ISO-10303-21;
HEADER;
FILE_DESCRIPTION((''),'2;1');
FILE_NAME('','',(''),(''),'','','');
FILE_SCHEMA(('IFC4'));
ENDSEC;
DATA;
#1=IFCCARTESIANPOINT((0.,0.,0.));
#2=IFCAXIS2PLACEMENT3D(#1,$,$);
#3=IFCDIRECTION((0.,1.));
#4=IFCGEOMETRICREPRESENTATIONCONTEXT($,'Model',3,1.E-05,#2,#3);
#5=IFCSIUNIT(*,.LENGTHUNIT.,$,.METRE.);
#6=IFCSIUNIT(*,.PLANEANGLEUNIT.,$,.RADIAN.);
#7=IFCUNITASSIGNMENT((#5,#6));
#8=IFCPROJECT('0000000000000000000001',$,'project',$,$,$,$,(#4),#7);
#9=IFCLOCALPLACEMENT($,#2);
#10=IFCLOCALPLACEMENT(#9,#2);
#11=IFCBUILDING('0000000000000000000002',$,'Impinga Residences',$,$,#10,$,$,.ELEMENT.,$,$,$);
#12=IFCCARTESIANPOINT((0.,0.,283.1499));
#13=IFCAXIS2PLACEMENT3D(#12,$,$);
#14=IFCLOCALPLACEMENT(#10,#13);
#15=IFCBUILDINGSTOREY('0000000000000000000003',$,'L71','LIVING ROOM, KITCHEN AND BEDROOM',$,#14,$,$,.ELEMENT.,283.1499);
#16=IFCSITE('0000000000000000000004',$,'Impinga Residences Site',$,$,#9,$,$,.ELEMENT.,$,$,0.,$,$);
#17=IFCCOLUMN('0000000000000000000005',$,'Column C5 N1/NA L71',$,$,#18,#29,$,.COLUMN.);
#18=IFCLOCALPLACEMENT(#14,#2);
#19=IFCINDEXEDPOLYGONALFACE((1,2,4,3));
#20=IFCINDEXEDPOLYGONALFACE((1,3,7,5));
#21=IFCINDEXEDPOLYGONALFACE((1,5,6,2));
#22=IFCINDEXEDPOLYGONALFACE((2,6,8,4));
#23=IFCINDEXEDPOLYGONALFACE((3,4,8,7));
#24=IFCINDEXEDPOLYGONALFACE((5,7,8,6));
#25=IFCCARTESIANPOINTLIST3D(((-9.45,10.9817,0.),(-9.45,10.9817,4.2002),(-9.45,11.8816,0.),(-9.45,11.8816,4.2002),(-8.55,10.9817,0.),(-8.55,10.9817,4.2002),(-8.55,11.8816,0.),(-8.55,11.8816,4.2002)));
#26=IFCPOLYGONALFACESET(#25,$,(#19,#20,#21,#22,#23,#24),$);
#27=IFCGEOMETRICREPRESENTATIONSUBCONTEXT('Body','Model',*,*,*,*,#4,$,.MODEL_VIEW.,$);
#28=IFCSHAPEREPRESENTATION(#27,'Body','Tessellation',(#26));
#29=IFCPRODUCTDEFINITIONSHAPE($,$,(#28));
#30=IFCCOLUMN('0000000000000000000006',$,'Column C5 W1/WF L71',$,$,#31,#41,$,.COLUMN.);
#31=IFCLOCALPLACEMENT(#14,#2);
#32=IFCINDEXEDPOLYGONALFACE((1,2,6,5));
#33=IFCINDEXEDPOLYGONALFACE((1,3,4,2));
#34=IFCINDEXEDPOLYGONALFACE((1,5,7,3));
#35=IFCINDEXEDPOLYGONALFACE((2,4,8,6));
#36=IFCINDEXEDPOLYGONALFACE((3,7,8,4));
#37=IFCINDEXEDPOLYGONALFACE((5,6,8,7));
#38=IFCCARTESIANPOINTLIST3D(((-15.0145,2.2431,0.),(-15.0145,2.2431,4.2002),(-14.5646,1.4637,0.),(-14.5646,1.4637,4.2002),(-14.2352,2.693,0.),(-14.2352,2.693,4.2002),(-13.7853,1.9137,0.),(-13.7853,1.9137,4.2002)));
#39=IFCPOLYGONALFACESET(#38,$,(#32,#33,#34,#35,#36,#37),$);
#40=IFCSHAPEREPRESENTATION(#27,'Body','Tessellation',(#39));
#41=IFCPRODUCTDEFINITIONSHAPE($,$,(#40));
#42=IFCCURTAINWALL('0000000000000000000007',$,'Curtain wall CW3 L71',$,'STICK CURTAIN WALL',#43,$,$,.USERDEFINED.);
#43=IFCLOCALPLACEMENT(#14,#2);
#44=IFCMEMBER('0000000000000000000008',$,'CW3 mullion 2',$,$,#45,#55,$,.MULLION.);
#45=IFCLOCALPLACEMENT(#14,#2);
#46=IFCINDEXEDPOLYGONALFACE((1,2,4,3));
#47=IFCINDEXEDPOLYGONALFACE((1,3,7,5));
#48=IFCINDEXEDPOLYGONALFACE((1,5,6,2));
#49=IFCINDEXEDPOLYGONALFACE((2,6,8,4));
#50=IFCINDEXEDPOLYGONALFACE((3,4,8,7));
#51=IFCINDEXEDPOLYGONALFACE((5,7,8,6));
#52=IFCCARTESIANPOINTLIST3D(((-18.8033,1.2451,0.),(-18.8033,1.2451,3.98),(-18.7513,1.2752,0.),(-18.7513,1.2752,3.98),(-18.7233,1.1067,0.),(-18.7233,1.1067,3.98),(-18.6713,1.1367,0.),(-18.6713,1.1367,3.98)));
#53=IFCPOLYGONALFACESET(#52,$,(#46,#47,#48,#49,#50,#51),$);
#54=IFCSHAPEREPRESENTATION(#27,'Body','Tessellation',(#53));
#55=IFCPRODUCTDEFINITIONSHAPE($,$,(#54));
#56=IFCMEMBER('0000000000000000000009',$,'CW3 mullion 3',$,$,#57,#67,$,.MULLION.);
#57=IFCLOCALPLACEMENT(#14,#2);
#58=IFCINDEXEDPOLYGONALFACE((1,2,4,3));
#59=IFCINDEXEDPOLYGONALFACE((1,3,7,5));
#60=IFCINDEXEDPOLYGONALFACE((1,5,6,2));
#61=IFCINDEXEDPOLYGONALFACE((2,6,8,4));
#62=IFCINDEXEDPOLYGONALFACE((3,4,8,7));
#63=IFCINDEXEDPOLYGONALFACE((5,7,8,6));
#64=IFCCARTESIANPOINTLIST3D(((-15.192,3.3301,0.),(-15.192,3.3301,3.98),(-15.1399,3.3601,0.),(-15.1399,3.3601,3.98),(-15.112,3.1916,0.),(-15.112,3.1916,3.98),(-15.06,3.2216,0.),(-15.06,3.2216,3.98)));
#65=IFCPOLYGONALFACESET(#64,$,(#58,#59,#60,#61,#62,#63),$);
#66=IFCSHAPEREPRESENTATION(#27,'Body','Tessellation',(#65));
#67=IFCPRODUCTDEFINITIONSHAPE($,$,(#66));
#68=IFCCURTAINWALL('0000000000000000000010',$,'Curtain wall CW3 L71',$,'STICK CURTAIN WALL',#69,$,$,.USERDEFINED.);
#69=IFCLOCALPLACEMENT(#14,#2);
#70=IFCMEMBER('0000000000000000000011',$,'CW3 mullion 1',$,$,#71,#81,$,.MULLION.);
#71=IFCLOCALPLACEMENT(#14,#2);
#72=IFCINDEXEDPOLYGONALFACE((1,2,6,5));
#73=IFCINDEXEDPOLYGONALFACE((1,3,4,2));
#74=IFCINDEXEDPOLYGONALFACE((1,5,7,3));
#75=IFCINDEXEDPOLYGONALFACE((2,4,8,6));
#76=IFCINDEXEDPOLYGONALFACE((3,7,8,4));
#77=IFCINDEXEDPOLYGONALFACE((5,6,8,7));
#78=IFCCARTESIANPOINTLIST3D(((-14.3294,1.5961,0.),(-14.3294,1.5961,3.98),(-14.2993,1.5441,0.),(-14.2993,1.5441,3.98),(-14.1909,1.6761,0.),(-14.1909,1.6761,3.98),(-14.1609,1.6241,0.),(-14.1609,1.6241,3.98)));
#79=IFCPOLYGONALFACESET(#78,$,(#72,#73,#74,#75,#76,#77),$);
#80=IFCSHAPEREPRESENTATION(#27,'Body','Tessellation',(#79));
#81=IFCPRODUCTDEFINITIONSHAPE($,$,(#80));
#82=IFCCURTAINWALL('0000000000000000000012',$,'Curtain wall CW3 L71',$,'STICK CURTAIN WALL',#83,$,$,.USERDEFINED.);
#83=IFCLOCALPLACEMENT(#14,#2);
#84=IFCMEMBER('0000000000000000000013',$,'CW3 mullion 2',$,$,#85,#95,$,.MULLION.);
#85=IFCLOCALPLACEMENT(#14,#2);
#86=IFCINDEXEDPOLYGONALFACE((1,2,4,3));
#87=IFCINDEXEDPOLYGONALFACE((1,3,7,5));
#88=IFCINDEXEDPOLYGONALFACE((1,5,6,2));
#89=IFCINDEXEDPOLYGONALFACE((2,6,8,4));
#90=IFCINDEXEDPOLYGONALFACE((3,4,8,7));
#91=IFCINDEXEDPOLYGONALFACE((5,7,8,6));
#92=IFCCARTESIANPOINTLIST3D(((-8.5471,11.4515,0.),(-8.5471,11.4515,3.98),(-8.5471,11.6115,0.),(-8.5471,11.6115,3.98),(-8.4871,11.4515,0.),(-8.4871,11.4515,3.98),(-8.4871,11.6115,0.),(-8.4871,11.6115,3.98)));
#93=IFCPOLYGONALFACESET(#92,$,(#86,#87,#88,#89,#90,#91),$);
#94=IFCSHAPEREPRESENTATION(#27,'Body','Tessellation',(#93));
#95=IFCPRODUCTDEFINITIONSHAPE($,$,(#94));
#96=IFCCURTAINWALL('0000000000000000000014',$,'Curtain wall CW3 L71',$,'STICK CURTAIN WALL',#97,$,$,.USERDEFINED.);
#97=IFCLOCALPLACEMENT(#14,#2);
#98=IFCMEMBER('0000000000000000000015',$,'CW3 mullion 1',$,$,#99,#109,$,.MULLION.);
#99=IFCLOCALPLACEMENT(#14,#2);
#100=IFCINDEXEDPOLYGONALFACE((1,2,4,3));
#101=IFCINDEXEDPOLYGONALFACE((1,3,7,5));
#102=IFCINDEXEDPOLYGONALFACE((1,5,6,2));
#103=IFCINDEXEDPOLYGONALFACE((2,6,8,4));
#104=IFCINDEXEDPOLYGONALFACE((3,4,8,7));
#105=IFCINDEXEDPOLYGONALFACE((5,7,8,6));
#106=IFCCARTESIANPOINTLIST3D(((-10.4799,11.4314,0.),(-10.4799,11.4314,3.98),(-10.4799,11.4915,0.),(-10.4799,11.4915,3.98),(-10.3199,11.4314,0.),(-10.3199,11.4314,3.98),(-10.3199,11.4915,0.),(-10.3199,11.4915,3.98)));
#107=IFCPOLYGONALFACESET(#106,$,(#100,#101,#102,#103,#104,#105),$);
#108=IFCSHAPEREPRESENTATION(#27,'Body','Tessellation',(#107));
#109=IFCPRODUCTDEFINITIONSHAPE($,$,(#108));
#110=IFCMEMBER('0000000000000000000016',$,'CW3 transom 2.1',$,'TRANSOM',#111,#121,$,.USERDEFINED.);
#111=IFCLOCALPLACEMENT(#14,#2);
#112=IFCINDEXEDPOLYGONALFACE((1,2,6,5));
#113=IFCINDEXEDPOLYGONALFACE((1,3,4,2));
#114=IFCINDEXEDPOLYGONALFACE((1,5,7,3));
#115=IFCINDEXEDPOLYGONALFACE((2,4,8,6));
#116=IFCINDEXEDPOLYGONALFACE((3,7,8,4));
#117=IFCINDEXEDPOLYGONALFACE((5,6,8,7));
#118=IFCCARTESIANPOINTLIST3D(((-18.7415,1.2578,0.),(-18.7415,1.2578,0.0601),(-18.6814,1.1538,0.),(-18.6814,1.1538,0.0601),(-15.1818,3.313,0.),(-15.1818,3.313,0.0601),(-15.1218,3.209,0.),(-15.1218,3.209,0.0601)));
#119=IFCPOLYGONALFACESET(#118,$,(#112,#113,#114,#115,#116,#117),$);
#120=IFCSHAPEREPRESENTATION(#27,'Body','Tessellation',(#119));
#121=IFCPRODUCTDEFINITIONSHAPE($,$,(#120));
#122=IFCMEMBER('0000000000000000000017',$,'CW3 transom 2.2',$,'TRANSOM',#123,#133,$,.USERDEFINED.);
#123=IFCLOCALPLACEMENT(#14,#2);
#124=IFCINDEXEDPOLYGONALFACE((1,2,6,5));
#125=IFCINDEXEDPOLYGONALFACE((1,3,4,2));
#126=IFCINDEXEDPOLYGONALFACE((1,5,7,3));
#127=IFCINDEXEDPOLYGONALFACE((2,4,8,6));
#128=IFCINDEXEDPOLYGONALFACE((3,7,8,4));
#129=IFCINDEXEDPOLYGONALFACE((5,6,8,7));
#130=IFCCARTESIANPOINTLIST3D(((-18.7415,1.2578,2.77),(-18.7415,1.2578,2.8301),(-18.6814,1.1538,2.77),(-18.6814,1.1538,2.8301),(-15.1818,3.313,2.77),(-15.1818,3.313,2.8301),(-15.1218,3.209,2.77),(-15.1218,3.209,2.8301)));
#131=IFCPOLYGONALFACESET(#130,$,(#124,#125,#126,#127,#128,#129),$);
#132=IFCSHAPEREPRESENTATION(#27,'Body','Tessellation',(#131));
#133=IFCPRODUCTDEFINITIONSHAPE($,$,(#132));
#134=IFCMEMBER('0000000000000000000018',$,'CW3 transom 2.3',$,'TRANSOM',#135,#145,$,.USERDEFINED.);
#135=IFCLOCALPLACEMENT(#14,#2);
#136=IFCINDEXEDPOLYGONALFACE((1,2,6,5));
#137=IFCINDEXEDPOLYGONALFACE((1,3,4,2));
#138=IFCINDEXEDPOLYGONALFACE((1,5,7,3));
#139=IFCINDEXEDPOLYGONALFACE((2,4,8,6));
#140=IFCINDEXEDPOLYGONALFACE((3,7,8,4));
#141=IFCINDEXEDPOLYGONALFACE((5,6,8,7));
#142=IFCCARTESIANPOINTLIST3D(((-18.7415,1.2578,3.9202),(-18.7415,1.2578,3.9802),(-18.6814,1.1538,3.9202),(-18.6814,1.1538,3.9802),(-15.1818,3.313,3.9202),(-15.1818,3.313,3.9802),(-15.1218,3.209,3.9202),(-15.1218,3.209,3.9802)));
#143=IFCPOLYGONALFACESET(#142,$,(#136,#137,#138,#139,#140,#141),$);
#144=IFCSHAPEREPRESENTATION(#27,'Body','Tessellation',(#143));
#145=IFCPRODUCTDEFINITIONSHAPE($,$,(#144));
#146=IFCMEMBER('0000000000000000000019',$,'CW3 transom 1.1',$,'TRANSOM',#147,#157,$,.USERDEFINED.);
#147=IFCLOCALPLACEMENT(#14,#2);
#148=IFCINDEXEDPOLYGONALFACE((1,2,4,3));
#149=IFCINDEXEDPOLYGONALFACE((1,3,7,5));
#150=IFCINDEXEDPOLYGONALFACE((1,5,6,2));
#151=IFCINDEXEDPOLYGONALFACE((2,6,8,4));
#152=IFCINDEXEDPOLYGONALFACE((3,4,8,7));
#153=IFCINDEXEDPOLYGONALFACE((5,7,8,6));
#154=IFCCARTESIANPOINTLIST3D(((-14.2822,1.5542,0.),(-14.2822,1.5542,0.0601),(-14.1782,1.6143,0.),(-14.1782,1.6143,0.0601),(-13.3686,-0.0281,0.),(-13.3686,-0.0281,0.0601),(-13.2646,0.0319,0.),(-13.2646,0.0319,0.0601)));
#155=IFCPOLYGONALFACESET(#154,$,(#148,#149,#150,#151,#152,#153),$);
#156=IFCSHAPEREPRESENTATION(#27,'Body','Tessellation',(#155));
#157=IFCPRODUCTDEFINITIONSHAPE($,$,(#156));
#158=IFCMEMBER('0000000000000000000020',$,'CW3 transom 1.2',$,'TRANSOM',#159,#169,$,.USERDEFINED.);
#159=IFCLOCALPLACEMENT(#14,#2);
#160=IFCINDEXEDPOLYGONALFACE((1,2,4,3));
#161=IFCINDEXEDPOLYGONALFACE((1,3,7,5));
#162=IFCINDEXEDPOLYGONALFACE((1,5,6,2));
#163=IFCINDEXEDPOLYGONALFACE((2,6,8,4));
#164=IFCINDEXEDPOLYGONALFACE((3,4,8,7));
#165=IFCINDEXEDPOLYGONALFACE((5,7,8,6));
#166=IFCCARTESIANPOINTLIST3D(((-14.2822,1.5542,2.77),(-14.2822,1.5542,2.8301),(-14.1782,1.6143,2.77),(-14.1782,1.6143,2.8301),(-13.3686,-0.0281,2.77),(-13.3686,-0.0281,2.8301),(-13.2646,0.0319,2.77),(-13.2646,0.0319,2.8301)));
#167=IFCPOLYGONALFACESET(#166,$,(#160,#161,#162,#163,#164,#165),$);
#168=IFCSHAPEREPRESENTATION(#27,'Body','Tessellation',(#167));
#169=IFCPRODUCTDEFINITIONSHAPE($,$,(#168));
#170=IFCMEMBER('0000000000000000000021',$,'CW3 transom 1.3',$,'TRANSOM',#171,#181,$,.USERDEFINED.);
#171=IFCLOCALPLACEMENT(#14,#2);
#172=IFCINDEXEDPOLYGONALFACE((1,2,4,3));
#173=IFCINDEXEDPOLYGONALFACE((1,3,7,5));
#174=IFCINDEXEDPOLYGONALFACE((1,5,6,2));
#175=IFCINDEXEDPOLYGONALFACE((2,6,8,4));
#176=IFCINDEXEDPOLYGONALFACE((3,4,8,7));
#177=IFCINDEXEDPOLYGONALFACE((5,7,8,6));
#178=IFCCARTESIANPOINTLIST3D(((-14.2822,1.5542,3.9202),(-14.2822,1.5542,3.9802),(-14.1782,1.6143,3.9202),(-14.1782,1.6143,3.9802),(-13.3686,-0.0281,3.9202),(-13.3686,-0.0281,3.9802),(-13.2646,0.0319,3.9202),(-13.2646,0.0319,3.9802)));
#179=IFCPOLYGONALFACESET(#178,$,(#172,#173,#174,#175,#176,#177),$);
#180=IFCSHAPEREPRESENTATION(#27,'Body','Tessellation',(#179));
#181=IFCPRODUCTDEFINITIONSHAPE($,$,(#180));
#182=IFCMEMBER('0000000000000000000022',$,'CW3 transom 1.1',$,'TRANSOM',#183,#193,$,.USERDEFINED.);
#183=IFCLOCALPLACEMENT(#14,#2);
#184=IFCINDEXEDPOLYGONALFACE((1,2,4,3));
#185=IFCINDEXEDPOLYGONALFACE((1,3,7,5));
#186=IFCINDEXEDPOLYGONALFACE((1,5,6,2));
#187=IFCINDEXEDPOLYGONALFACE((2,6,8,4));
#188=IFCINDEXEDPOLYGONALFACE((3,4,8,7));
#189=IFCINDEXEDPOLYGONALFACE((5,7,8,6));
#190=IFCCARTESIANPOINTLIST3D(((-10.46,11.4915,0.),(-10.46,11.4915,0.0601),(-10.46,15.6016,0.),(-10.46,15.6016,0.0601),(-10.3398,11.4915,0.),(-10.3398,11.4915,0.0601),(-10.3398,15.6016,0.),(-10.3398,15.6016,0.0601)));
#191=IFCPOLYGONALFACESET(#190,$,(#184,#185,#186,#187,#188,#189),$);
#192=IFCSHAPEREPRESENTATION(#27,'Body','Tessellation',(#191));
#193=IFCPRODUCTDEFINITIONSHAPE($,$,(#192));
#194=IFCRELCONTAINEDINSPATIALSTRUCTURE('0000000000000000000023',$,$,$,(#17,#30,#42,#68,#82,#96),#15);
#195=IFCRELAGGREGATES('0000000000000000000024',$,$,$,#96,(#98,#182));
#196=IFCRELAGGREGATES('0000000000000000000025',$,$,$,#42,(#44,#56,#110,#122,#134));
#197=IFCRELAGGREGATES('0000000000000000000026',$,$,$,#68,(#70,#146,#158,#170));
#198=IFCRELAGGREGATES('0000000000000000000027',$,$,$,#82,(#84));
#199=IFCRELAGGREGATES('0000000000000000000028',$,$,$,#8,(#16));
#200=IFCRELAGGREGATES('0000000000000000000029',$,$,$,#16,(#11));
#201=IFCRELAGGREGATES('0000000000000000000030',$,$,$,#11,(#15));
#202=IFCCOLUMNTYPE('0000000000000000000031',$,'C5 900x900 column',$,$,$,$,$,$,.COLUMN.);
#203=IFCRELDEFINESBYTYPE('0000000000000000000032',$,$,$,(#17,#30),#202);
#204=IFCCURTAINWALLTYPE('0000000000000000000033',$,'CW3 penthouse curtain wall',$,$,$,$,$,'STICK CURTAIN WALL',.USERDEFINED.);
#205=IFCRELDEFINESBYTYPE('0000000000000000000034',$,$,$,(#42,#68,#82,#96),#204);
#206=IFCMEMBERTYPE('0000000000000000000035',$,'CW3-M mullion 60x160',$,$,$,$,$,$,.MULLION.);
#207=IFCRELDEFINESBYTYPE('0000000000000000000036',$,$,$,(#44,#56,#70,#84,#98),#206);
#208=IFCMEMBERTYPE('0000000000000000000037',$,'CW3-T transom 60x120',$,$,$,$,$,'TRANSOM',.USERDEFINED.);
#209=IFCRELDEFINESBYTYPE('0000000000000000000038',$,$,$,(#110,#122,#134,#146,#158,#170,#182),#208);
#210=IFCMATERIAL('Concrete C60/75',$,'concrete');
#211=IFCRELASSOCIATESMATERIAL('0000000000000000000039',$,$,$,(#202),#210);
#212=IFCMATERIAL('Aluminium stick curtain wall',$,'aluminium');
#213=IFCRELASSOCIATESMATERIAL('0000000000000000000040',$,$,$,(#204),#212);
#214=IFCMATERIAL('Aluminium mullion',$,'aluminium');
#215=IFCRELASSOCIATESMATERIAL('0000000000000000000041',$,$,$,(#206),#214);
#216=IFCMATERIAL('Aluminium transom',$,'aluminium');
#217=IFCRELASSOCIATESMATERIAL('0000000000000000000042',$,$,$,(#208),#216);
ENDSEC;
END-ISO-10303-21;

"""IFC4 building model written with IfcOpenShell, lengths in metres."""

from ifc_helpers import new_model, si_unit, direction, frame, origin, origin_2d, place, context, subcontext, project, spatial, rectangle, extrude, material, material_profile, profile_set, type_object, element, aggregate, save


model = new_model("IFC4")

# Units and contexts
model_context = context("Model", 3, precision=1e-05, world=origin(), true_north=direction((0.0, 1.0)))
body_context = subcontext(model_context, "Body", "Model", "MODEL_VIEW")
ifc_project = project(units=[si_unit("LENGTHUNIT", "METRE"), si_unit("PLANEANGLEUNIT", "RADIAN")], contexts=[model_context])

# Site, building, storey
site_placement = place(None, origin())
site = spatial("IfcSite", under=ifc_project, at=site_placement, Name="Impinga Residences Site", CompositionType="ELEMENT", RefElevation=0.0)
building_placement = place(site_placement, origin())
building = spatial("IfcBuilding", under=site, at=building_placement, Name="Impinga Residences", CompositionType="ELEMENT")
storey_placement = place(building_placement, frame((0.0, 0.0, 283.1499)))
storey = spatial("IfcBuildingStorey", under=building, at=storey_placement, Name="L71", Description="LIVING ROOM, KITCHEN AND BEDROOM", CompositionType="ELEMENT", Elevation=283.1499)

# Columns
ifc_material_1 = material(Name="Concrete C60/75", Category="concrete")
ifc_material_profile_1 = material_profile(ifc_material_1, rectangle(XDim=0.8999, YDim=0.8999, at=origin_2d()), Name="RC 900x900")
ifc_profile_set_1 = profile_set([ifc_material_profile_1], Name="Concrete C60/75")
column_type = type_object("IfcColumnType", Name="C5 900x900 column", PredefinedType="COLUMN", material=ifc_profile_set_1)
for number, where, z_axis, x_axis, name in (
    (1, (-9.0, 11.4316, 0.0), (0.0, 0.0, 1.0), (1.0, 0.0, 0.0), "Column C5 N1/NA L71"),
    (2, (-14.3999, 2.0784, 0.0), (0.0, 0.0, 1.0), (-0.5, 0.866025, 0.0), "Column C5 W1/WF L71"),
):
    element("IfcColumn", number, at=place(storey_placement, frame(where, z_axis=z_axis, x_axis=x_axis)), inside=storey, type_object=column_type, Name=name, PredefinedType="COLUMN", context=body_context, shape_type="SweptSolid", body=[
        extrude(rectangle(XDim=0.8999, YDim=0.8999, at=origin_2d()), origin(), (0.0, 0.0, 1.0), 4.2002),
    ])

# Curtain wall, members
ifc_material_2 = material(Name="Aluminium stick curtain wall", Category="aluminium")
curtain_wall_type = type_object("IfcCurtainWallType", Name="CW3 penthouse curtain wall", ElementType="STICK CURTAIN WALL", PredefinedType="USERDEFINED", material=ifc_material_2)
curtain_wall_1_placement = place(storey_placement, origin())
curtain_wall_1 = element("IfcCurtainWall", 3, at=curtain_wall_1_placement, inside=storey, type_object=curtain_wall_type, Name="Curtain wall CW3 L71", ObjectType="STICK CURTAIN WALL", PredefinedType="USERDEFINED")
ifc_material_3 = material(Name="Aluminium mullion", Category="aluminium")
ifc_material_profile_2 = material_profile(ifc_material_3, rectangle(XDim=0.0601, YDim=0.1599, at=origin_2d()), Name="60x160 mullion")
ifc_profile_set_2 = profile_set([ifc_material_profile_2], Name="Aluminium mullion")
member_type_1 = type_object("IfcMemberType", Name="CW3-M mullion 60x160", PredefinedType="MULLION", material=ifc_profile_set_2)
member_1_placement = place(storey_placement, frame((-18.7373, 1.1909, 0.0), z_axis=(0.0, 0.0, 1.0), x_axis=(0.866025, 0.5, 0.0)))
member_1 = element("IfcMember", 4, at=member_1_placement, type_object=member_type_1, Name="CW3 mullion 2", PredefinedType="MULLION", context=body_context, shape_type="SweptSolid", body=[
    extrude(rectangle(XDim=0.0601, YDim=0.1599, at=origin_2d()), origin(), (0.0, 0.0, 1.0), 3.98),
])
member_2_placement = place(storey_placement, frame((-15.126, 3.2759, 0.0), z_axis=(0.0, 0.0, 1.0), x_axis=(0.866025, 0.5, 0.0)))
member_2 = element("IfcMember", 5, at=member_2_placement, type_object=member_type_1, Name="CW3 mullion 3", PredefinedType="MULLION", context=body_context, shape_type="SweptSolid", body=[
    extrude(rectangle(XDim=0.0601, YDim=0.1599, at=origin_2d()), origin(), (0.0, 0.0, 1.0), 3.98),
])

# Curtain walls, members
curtain_wall_2_placement = place(storey_placement, origin())
curtain_wall_2 = element("IfcCurtainWall", 6, at=curtain_wall_2_placement, inside=storey, type_object=curtain_wall_type, Name="Curtain wall CW3 L71", ObjectType="STICK CURTAIN WALL", PredefinedType="USERDEFINED")
member_3_placement = place(storey_placement, frame((-14.2451, 1.6101, 0.0), z_axis=(0.0, 0.0, 1.0), x_axis=(0.5, -0.866025, 0.0)))
member_3 = element("IfcMember", 7, at=member_3_placement, type_object=member_type_1, Name="CW3 mullion 1", PredefinedType="MULLION", context=body_context, shape_type="SweptSolid", body=[
    extrude(rectangle(XDim=0.0601, YDim=0.1599, at=origin_2d()), origin(), (0.0, 0.0, 1.0), 3.98),
])
curtain_wall_3_placement = place(storey_placement, origin())
curtain_wall_3 = element("IfcCurtainWall", 8, at=curtain_wall_3_placement, inside=storey, type_object=curtain_wall_type, Name="Curtain wall CW3 L71", ObjectType="STICK CURTAIN WALL", PredefinedType="USERDEFINED")
member_4_placement = place(storey_placement, frame((-8.5171, 11.5315, 0.0), z_axis=(0.0, 0.0, 1.0), x_axis=(-1.0, 0.0, 0.0)))
member_4 = element("IfcMember", 9, at=member_4_placement, type_object=member_type_1, Name="CW3 mullion 2", PredefinedType="MULLION", context=body_context, shape_type="SweptSolid", body=[
    extrude(rectangle(XDim=0.0601, YDim=0.1599, at=origin_2d()), origin(), (0.0, 0.0, 1.0), 3.98),
])
curtain_wall_4_placement = place(storey_placement, origin())
curtain_wall_4 = element("IfcCurtainWall", 10, at=curtain_wall_4_placement, inside=storey, type_object=curtain_wall_type, Name="Curtain wall CW3 L71", ObjectType="STICK CURTAIN WALL", PredefinedType="USERDEFINED")
member_5_placement = place(storey_placement, frame((-10.3999, 11.4614, 0.0), z_axis=(0.0, 0.0, 1.0), x_axis=(0.0, 1.0, 0.0)))
member_5 = element("IfcMember", 11, at=member_5_placement, type_object=member_type_1, Name="CW3 mullion 1", PredefinedType="MULLION", context=body_context, shape_type="SweptSolid", body=[
    extrude(rectangle(XDim=0.0601, YDim=0.1599, at=origin_2d()), origin(), (0.0, 0.0, 1.0), 3.98),
])

# Members
ifc_material_4 = material(Name="Aluminium transom", Category="aluminium")
ifc_material_profile_3 = material_profile(ifc_material_4, rectangle(XDim=0.0601, YDim=0.1201, at=origin_2d()), Name="60x120 transom")
ifc_profile_set_3 = profile_set([ifc_material_profile_3], Name="Aluminium transom")
member_type_2 = type_object("IfcMemberType", Name="CW3-T transom 60x120", ElementType="TRANSOM", PredefinedType="USERDEFINED", material=ifc_profile_set_3)
member_6_placement = place(storey_placement, frame((-18.7114, 1.2058, 0.03), z_axis=(0.866019, 0.50001, 0.0), x_axis=(0.0, 0.0, 1.0)))
member_6 = element("IfcMember", 12, at=member_6_placement, type_object=member_type_2, Name="CW3 transom 2.1", ObjectType="TRANSOM", PredefinedType="USERDEFINED", context=body_context, shape_type="SweptSolid", body=[
    extrude(rectangle(XDim=0.0601, YDim=0.1201, at=origin_2d()), origin(), (0.0, 0.0, 1.0), 4.1104),
])
member_7_placement = place(storey_placement, frame((-18.7114, 1.2058, 2.8), z_axis=(0.866019, 0.50001, 0.0), x_axis=(0.0, 0.0, 1.0)))
member_7 = element("IfcMember", 13, at=member_7_placement, type_object=member_type_2, Name="CW3 transom 2.2", ObjectType="TRANSOM", PredefinedType="USERDEFINED", context=body_context, shape_type="SweptSolid", body=[
    extrude(rectangle(XDim=0.0601, YDim=0.1201, at=origin_2d()), origin(), (0.0, 0.0, 1.0), 4.1104),
])
member_8_placement = place(storey_placement, frame((-18.7114, 1.2058, 3.9502), z_axis=(0.866019, 0.50001, 0.0), x_axis=(0.0, 0.0, 1.0)))
member_8 = element("IfcMember", 14, at=member_8_placement, type_object=member_type_2, Name="CW3 transom 2.3", ObjectType="TRANSOM", PredefinedType="USERDEFINED", context=body_context, shape_type="SweptSolid", body=[
    extrude(rectangle(XDim=0.0601, YDim=0.1201, at=origin_2d()), origin(), (0.0, 0.0, 1.0), 4.1104),
])
member_9_placement = place(storey_placement, frame((-14.2302, 1.5842, 0.03), z_axis=(0.500019, -0.866014, 0.0), x_axis=(0.0, 0.0, 1.0)))
member_9 = element("IfcMember", 15, at=member_9_placement, type_object=member_type_2, Name="CW3 transom 1.1", ObjectType="TRANSOM", PredefinedType="USERDEFINED", context=body_context, shape_type="SweptSolid", body=[
    extrude(rectangle(XDim=0.0601, YDim=0.1201, at=origin_2d()), origin(), (0.0, 0.0, 1.0), 1.8271),
])
member_10_placement = place(storey_placement, frame((-14.2302, 1.5842, 2.8), z_axis=(0.500019, -0.866014, 0.0), x_axis=(0.0, 0.0, 1.0)))
member_10 = element("IfcMember", 16, at=member_10_placement, type_object=member_type_2, Name="CW3 transom 1.2", ObjectType="TRANSOM", PredefinedType="USERDEFINED", context=body_context, shape_type="SweptSolid", body=[
    extrude(rectangle(XDim=0.0601, YDim=0.1201, at=origin_2d()), origin(), (0.0, 0.0, 1.0), 1.8271),
])
member_11_placement = place(storey_placement, frame((-14.2302, 1.5842, 3.9502), z_axis=(0.500019, -0.866014, 0.0), x_axis=(0.0, 0.0, 1.0)))
member_11 = element("IfcMember", 17, at=member_11_placement, type_object=member_type_2, Name="CW3 transom 1.3", ObjectType="TRANSOM", PredefinedType="USERDEFINED", context=body_context, shape_type="SweptSolid", body=[
    extrude(rectangle(XDim=0.0601, YDim=0.1201, at=origin_2d()), origin(), (0.0, 0.0, 1.0), 1.8271),
])
member_12_placement = place(storey_placement, frame((-10.3999, 11.4915, 0.03), z_axis=(0.0, 1.0, 0.0), x_axis=(0.0, 0.0, 1.0)))
member_12 = element("IfcMember", 18, at=member_12_placement, type_object=member_type_2, Name="CW3 transom 1.1", ObjectType="TRANSOM", PredefinedType="USERDEFINED", context=body_context, shape_type="SweptSolid", body=[
    extrude(rectangle(XDim=0.0601, YDim=0.1201, at=origin_2d()), origin(), (0.0, 0.0, 1.0), 4.1101),
])
aggregate(curtain_wall_4, [member_5, member_12])

aggregate(curtain_wall_1, [member_1, member_2, member_6, member_7, member_8])
aggregate(curtain_wall_2, [member_3, member_9, member_10, member_11])
aggregate(curtain_wall_3, [member_4])

save(model, "model.ifc")
